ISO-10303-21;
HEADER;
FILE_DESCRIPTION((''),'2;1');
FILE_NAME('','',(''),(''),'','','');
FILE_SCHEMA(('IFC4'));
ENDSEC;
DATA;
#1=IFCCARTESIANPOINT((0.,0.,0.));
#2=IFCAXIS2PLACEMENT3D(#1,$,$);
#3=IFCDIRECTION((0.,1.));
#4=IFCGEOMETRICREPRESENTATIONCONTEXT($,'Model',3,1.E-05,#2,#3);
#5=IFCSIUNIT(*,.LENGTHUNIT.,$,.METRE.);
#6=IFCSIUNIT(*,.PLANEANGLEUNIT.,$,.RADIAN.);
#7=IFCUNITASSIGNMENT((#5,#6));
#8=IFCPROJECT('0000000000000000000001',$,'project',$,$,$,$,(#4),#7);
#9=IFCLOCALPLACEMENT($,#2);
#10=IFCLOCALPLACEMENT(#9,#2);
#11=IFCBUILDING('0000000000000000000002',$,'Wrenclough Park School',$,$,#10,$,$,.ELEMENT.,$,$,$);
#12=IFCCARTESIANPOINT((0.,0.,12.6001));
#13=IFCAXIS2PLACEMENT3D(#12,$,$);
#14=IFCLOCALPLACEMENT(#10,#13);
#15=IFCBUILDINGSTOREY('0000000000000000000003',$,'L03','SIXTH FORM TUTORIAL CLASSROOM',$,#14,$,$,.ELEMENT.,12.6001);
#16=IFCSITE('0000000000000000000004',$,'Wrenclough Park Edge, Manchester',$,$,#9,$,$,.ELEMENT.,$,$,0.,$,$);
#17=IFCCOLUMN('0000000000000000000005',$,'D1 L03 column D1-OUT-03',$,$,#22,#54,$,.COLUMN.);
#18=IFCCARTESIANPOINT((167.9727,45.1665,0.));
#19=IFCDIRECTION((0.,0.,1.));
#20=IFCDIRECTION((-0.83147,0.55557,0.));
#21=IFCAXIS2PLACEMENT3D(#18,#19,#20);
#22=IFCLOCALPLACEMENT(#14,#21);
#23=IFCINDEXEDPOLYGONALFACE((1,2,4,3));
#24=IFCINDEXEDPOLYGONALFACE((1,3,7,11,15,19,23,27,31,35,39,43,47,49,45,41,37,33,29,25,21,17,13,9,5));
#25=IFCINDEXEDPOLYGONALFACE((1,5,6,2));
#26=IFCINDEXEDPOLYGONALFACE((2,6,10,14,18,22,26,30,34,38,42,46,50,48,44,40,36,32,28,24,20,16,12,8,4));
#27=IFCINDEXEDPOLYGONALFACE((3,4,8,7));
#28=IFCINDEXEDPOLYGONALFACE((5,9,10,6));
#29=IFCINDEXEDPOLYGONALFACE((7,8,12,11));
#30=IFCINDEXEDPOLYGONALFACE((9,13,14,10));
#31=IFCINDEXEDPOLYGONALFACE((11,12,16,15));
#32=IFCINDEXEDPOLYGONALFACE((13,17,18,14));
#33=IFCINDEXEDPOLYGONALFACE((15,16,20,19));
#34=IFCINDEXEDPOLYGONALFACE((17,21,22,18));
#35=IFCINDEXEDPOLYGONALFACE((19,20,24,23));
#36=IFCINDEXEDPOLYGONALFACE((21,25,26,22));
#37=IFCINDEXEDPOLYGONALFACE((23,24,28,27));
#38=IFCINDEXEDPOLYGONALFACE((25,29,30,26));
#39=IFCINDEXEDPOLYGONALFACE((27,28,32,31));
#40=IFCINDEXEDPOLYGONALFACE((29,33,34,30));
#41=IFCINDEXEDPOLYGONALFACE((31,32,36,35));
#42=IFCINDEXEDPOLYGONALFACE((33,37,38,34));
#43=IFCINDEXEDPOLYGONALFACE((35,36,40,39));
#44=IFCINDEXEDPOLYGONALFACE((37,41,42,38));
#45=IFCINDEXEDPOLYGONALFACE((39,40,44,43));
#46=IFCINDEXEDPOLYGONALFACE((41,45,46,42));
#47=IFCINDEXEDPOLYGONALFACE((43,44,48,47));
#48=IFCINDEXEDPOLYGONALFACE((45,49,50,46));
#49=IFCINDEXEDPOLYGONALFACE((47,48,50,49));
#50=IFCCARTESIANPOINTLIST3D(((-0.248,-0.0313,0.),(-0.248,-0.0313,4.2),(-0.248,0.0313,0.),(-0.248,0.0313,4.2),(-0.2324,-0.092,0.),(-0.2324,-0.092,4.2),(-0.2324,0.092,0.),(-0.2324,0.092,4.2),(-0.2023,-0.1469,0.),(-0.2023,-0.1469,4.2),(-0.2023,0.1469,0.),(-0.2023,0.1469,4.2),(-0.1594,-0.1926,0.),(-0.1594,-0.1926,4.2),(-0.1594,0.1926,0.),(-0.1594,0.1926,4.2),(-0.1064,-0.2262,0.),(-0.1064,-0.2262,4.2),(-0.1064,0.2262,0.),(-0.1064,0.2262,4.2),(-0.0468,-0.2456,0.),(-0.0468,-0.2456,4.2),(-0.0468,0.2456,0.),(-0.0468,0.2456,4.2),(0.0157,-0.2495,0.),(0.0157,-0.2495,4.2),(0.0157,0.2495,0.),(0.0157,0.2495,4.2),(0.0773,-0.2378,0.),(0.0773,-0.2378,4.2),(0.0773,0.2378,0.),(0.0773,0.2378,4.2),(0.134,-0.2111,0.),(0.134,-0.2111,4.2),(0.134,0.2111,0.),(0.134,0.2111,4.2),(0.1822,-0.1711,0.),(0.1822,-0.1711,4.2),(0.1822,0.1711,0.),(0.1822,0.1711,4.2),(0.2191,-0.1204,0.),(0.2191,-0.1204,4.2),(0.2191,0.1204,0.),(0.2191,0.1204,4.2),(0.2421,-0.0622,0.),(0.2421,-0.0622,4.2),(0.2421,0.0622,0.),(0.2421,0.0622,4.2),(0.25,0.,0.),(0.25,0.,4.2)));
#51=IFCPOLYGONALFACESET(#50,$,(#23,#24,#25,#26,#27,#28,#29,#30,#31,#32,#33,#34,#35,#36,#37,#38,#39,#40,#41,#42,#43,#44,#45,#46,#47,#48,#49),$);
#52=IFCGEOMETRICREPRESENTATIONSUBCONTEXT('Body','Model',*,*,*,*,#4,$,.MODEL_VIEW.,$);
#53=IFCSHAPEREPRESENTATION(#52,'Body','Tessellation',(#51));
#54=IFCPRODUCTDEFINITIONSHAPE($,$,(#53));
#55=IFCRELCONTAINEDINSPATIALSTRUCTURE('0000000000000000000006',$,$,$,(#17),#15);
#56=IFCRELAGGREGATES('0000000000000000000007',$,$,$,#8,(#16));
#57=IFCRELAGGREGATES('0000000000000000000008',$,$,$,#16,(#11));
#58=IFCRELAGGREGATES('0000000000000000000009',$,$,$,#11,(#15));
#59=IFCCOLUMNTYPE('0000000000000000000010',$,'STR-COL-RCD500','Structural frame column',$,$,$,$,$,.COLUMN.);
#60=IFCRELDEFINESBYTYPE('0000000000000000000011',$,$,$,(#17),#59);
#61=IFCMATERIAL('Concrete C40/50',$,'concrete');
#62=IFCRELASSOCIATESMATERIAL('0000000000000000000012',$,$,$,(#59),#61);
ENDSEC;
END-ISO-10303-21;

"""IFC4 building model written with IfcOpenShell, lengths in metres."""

from ifc_helpers import new_model, si_unit, direction, frame, origin, origin_2d, place, context, subcontext, project, spatial, circle, extrude, material, material_profile, profile_set, type_object, element, save


model = new_model("IFC4")

# Units and contexts
model_context = context("Model", 3, precision=1e-05, world=origin(), true_north=direction((0.0, 1.0)))
body_context = subcontext(model_context, "Body", "Model", "MODEL_VIEW")
ifc_project = project(units=[si_unit("LENGTHUNIT", "METRE"), si_unit("PLANEANGLEUNIT", "RADIAN")], contexts=[model_context])

# Site, building, storey
site_placement = place(None, origin())
site = spatial("IfcSite", under=ifc_project, at=site_placement, Name="Wrenclough Park Edge, Manchester", CompositionType="ELEMENT", RefElevation=0.0)
building_placement = place(site_placement, origin())
building = spatial("IfcBuilding", under=site, at=building_placement, Name="Wrenclough Park School", CompositionType="ELEMENT")
storey_placement = place(building_placement, frame((0.0, 0.0, 12.6001)))
storey = spatial("IfcBuildingStorey", under=building, at=storey_placement, Name="L03", Description="SIXTH FORM TUTORIAL CLASSROOM", CompositionType="ELEMENT", Elevation=12.6001)

# Column
ifc_material_1 = material(Name="Concrete C40/50", Category="concrete")
ifc_material_profile_1 = material_profile(ifc_material_1, circle(Radius=0.25, at=origin_2d()), Name="RC COL D500")
ifc_profile_set_1 = profile_set([ifc_material_profile_1], Name="Concrete C40/50")
column_type = type_object("IfcColumnType", Name="STR-COL-RCD500", Description="Structural frame column", PredefinedType="COLUMN", material=ifc_profile_set_1)
for number, where, z_axis, x_axis, name in (
    (1, (167.9727, 45.1665, 0.0), (0.0, 0.0, 1.0), (-0.83147, 0.55557, 0.0), "D1 L03 column D1-OUT-03"),
):
    element("IfcColumn", number, at=place(storey_placement, frame(where, z_axis=z_axis, x_axis=x_axis)), inside=storey, type_object=column_type, Name=name, PredefinedType="COLUMN", context=body_context, shape_type="SweptSolid", body=[
        extrude(circle(Radius=0.25, at=origin_2d()), origin(), (0.0, 0.0, 1.0), 4.2),
    ])

save(model, "model.ifc")
